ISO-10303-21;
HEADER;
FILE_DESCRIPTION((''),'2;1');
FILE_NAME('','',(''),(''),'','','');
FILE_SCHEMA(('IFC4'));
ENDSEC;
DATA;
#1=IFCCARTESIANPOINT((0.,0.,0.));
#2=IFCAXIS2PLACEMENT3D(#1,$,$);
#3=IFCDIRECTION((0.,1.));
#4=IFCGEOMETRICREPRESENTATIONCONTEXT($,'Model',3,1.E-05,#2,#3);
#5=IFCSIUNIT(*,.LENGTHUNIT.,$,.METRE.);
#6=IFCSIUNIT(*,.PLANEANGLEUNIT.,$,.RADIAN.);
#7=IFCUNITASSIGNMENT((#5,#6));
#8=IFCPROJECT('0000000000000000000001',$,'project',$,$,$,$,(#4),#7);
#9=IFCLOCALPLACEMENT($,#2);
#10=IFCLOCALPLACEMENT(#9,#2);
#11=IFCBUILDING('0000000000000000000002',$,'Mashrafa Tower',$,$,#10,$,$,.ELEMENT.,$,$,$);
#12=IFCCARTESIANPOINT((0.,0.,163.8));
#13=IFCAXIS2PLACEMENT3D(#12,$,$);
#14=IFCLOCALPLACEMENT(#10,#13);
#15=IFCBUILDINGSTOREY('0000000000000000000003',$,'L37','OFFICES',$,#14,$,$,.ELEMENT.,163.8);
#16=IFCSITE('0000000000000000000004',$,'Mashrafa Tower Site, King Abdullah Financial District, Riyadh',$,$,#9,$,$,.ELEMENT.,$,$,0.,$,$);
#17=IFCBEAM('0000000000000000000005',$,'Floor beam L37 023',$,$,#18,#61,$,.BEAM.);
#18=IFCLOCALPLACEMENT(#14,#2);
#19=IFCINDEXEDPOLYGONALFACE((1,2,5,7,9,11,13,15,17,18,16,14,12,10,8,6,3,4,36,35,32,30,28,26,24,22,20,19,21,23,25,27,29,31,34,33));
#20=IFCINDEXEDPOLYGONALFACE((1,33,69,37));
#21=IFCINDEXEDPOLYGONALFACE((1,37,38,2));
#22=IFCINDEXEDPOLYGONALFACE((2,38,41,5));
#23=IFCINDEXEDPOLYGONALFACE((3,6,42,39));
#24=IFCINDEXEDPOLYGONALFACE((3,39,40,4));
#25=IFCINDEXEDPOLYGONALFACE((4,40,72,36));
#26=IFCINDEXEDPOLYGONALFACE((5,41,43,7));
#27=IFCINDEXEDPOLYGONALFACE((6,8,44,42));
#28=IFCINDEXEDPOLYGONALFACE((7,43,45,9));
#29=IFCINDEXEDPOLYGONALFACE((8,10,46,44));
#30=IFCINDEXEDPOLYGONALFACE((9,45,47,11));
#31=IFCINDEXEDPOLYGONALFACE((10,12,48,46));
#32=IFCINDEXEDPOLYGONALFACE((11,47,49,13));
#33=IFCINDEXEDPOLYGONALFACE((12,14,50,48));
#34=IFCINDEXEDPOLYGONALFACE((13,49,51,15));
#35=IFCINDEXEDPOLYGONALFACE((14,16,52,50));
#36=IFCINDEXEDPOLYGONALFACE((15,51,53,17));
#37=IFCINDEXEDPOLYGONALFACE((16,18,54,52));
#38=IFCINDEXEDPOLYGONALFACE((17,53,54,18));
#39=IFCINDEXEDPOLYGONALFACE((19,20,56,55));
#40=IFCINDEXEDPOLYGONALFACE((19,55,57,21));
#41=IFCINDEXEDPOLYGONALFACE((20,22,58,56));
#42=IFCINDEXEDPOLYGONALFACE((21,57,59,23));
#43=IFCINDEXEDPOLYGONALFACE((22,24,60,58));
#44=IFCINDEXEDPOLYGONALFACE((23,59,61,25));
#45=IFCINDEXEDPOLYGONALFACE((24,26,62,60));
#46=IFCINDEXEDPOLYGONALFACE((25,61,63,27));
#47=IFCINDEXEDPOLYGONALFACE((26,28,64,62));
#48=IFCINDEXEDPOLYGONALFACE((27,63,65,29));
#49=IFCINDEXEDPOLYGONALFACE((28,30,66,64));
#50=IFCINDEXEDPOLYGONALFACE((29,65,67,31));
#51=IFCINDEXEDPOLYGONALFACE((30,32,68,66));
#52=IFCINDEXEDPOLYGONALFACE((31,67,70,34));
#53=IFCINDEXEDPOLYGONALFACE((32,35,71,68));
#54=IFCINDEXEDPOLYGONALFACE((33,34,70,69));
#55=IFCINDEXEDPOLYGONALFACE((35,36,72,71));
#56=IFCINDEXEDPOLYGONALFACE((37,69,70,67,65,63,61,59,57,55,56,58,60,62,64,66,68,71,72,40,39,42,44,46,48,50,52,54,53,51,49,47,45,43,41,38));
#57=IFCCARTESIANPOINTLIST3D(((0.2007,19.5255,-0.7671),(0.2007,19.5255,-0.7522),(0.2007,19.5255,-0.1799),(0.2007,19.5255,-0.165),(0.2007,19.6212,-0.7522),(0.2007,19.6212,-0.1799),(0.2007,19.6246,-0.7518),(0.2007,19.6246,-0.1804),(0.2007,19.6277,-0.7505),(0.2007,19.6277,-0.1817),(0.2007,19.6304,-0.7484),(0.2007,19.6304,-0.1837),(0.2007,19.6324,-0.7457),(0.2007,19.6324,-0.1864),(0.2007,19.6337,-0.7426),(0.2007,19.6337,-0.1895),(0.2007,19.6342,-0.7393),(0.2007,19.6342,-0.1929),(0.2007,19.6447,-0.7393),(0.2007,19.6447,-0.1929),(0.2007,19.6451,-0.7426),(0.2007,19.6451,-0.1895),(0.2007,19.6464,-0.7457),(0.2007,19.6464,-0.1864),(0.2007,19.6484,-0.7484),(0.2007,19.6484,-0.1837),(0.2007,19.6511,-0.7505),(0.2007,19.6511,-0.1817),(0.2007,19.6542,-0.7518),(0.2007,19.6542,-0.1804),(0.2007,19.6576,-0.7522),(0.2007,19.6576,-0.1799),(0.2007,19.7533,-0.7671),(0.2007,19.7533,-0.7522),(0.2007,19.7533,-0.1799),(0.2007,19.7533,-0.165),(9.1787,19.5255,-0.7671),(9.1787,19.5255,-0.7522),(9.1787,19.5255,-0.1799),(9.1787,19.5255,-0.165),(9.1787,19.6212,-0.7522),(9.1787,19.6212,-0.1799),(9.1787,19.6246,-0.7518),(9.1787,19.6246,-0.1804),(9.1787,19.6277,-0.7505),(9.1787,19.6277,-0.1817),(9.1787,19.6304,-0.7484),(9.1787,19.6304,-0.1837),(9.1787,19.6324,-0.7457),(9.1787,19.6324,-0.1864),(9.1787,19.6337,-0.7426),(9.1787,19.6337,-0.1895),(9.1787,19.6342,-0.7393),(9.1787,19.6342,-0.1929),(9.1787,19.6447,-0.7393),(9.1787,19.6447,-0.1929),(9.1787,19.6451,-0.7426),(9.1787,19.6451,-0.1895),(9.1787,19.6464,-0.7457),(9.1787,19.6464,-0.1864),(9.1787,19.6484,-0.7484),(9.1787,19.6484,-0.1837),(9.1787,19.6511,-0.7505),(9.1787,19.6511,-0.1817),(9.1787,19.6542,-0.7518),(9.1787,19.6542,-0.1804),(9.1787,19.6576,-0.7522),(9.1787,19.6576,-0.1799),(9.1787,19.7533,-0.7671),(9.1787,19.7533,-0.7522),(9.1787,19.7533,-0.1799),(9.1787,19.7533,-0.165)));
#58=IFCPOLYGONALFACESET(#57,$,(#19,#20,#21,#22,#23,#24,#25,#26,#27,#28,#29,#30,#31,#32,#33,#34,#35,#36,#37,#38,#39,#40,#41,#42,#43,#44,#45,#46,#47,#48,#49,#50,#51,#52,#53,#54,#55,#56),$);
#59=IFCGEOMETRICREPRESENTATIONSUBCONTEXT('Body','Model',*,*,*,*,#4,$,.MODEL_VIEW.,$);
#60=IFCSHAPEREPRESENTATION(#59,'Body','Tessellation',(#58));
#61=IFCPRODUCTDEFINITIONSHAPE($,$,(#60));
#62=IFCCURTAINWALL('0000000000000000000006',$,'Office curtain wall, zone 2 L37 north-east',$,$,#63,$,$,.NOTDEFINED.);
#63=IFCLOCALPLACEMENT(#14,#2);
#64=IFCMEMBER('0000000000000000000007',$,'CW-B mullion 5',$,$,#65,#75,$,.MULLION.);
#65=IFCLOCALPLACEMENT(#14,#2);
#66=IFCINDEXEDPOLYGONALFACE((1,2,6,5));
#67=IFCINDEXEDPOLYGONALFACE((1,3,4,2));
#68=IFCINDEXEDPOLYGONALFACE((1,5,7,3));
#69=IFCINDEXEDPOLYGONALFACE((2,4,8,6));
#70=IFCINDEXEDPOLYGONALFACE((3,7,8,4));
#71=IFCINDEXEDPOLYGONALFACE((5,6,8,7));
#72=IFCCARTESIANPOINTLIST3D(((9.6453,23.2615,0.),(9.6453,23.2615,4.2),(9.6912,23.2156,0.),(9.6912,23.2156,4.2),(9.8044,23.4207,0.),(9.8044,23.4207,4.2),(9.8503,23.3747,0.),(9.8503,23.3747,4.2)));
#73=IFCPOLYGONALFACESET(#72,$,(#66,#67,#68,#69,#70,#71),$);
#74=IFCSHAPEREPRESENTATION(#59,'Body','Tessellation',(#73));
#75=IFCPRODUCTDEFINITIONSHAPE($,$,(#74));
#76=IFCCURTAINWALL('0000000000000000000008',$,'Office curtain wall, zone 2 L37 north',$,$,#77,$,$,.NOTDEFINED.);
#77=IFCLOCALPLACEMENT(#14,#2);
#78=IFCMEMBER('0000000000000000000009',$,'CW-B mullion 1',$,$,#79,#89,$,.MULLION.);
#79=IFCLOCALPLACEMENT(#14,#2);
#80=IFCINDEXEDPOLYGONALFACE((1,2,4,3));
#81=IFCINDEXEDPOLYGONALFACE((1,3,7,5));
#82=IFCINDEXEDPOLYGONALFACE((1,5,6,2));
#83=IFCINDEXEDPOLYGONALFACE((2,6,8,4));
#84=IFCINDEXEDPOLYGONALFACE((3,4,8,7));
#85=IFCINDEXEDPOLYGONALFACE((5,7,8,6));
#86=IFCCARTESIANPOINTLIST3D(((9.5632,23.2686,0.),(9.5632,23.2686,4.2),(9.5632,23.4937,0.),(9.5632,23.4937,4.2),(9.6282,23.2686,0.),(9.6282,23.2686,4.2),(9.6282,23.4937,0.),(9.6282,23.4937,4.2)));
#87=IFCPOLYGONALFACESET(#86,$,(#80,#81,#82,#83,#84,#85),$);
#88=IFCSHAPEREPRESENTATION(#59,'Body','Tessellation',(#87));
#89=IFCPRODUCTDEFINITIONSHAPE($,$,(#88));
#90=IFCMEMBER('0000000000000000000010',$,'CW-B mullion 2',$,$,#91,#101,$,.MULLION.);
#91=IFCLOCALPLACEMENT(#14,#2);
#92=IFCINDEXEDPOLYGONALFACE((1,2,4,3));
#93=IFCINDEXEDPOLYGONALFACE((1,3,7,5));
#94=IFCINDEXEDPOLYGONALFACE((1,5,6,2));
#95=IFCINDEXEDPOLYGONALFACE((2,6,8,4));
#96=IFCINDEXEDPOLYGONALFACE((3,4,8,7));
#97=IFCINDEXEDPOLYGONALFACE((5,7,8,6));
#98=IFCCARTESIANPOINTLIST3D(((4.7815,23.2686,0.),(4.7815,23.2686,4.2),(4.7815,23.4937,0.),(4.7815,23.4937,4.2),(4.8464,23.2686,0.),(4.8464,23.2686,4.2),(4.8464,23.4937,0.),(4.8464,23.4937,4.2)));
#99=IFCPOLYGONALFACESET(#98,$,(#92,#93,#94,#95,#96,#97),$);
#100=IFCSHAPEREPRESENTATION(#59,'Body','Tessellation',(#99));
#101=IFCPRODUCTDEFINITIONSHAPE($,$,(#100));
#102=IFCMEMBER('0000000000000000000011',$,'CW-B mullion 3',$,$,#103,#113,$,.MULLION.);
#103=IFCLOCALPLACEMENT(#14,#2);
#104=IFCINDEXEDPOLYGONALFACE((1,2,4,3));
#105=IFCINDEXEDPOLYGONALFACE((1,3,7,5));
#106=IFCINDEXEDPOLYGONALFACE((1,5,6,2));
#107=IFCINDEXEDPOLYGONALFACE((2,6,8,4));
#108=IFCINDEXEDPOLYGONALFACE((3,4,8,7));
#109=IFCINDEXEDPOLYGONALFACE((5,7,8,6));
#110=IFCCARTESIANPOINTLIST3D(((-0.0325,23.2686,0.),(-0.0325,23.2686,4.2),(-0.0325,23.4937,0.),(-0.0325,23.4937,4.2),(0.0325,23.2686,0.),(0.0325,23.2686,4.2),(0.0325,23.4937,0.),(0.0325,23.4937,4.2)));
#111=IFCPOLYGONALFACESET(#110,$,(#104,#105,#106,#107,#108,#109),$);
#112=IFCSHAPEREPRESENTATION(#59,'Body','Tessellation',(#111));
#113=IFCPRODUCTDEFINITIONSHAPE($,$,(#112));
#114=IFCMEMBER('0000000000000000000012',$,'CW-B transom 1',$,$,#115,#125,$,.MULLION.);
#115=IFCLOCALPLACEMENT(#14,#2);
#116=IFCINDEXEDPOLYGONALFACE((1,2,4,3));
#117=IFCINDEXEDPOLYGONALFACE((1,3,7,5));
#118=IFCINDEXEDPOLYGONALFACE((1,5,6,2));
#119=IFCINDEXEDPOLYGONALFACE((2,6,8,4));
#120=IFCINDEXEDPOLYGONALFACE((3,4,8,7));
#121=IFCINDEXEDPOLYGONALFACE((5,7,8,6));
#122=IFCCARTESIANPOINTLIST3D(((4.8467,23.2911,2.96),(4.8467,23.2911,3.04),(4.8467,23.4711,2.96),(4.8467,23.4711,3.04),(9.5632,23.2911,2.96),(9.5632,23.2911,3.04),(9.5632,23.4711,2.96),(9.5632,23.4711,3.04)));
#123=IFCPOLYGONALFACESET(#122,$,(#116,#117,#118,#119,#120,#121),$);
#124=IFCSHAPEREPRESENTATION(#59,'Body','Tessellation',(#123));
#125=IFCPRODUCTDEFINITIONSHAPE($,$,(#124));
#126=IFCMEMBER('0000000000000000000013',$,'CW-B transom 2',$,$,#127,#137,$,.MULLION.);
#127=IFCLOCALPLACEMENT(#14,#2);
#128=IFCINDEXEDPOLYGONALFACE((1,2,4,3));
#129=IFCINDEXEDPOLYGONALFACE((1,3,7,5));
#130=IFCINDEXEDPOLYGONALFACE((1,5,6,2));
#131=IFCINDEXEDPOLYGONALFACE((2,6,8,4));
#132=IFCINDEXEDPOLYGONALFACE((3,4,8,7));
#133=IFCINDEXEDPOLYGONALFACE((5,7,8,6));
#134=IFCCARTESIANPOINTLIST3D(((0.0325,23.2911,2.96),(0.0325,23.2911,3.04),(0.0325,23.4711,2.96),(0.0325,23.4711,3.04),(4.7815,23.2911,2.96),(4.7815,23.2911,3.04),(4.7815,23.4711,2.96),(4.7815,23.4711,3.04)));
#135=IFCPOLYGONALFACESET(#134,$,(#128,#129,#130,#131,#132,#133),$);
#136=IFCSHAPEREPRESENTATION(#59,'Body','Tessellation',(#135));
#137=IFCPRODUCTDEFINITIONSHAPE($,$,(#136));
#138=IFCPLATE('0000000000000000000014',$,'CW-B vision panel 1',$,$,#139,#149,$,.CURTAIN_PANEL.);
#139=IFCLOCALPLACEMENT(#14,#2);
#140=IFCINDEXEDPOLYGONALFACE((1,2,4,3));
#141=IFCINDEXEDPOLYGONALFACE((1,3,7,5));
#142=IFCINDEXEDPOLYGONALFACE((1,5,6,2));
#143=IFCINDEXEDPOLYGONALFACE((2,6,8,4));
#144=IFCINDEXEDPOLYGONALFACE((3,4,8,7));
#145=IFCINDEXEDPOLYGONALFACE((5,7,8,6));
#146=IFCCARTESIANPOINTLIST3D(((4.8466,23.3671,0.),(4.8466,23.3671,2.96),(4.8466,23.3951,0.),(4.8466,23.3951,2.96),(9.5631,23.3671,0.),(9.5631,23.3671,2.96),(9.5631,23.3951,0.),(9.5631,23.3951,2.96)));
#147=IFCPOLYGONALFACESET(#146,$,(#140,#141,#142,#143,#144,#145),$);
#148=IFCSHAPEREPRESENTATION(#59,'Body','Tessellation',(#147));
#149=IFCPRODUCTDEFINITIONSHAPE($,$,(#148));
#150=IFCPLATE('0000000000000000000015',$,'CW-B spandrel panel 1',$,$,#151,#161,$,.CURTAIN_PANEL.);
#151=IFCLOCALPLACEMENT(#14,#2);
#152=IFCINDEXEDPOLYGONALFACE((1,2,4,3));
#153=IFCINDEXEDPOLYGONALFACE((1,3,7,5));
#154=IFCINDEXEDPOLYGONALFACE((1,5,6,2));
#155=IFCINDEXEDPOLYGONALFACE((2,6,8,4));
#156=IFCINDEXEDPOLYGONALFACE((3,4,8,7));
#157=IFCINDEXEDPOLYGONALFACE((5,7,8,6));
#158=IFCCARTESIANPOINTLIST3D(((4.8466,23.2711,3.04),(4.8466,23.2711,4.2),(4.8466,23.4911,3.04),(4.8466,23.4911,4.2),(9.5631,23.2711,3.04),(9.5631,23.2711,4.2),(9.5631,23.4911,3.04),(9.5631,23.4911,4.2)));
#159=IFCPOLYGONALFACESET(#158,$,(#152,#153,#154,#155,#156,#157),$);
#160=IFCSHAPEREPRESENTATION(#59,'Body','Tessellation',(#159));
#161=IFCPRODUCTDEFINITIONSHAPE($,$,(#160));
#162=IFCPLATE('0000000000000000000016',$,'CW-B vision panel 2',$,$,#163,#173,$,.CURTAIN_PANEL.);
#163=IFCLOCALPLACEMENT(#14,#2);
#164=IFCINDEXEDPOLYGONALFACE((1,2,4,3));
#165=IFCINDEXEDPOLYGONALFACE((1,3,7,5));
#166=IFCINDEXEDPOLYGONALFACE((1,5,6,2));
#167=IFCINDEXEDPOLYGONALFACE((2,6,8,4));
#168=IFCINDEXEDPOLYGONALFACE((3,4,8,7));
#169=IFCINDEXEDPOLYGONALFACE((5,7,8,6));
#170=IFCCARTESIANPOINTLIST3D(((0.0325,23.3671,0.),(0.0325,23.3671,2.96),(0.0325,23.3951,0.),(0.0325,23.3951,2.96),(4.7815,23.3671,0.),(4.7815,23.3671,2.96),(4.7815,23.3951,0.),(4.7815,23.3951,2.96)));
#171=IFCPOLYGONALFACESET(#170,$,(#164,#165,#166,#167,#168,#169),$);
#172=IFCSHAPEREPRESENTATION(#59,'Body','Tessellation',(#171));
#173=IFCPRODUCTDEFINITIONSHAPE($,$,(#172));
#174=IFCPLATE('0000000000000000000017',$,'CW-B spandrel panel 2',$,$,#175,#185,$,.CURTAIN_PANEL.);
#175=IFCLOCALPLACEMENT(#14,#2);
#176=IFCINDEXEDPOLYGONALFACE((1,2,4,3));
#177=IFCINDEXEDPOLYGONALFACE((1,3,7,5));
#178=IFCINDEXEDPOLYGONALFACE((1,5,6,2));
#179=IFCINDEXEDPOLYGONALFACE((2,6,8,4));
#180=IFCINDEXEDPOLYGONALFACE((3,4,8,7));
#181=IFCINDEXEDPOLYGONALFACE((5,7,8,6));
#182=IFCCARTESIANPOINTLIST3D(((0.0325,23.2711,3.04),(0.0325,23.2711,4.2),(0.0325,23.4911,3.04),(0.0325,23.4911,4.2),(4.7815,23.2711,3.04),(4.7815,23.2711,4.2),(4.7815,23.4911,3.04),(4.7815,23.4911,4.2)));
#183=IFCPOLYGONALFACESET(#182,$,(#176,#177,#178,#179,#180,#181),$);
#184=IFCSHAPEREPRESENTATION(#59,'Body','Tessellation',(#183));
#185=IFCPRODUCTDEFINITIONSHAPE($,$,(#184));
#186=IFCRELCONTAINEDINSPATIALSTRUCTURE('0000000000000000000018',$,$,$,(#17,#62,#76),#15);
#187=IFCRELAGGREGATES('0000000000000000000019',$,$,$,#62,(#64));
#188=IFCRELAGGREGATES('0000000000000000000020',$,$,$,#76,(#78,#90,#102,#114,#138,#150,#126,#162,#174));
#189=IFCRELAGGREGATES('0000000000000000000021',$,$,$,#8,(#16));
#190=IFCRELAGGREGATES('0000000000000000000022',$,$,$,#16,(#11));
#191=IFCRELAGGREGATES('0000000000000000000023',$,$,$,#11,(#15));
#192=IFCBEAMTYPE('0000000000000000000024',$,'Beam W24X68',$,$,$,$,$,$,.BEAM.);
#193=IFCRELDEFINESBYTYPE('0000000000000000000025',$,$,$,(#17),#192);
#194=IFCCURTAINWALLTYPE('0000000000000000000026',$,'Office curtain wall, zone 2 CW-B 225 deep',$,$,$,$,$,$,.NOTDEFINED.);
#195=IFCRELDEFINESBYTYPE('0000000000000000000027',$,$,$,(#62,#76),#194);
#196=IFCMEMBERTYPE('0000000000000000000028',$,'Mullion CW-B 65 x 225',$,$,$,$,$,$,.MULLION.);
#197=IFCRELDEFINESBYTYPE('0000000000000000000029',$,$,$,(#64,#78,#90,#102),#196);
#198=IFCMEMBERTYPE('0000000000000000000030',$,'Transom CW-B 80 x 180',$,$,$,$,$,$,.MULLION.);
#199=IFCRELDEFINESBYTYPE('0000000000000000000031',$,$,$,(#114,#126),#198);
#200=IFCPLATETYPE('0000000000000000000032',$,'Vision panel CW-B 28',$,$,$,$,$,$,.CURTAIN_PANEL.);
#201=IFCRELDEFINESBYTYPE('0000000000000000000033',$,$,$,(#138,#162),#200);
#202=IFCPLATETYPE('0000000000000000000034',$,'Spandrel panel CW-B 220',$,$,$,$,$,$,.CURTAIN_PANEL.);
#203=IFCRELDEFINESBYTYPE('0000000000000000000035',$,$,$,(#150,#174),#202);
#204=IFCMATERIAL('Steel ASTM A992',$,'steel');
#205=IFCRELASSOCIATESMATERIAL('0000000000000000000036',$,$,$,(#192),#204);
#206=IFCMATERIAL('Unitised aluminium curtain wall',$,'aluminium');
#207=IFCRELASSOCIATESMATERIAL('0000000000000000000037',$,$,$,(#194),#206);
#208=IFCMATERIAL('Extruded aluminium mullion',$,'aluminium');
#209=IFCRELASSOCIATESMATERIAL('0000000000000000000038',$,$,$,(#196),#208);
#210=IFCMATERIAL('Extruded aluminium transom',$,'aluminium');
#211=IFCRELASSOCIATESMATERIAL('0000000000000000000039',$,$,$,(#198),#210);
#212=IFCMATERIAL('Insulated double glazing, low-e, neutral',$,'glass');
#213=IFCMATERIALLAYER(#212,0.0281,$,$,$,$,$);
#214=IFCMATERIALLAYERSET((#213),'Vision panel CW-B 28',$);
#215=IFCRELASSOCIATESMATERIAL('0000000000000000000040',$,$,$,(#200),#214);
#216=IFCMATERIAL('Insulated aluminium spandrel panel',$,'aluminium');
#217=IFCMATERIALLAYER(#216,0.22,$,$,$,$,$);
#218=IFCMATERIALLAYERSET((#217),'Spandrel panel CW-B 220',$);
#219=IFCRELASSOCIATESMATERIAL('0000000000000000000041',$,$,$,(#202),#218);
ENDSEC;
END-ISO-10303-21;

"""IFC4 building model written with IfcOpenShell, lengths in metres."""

from ifc_helpers import new_model, si_unit, direction, frame, origin, origin_2d, place, context, subcontext, project, spatial, rectangle, i_section, extrude, source, transform, mapped, material, layer, layer_set, material_profile, profile_set, type_object, type_shapes, element, aggregate, save


model = new_model("IFC4")

# Units and contexts
model_context = context("Model", 3, precision=1e-05, world=origin(), true_north=direction((0.0, 1.0)))
body_context = subcontext(model_context, "Body", "Model", "MODEL_VIEW")
ifc_project = project(units=[si_unit("LENGTHUNIT", "METRE"), si_unit("PLANEANGLEUNIT", "RADIAN")], contexts=[model_context])

# Site, building, storey
site_placement = place(None, origin())
site = spatial("IfcSite", under=ifc_project, at=site_placement, Name="Mashrafa Tower Site, King Abdullah Financial District, Riyadh", CompositionType="ELEMENT", RefElevation=0.0)
building_placement = place(site_placement, origin())
building = spatial("IfcBuilding", under=site, at=building_placement, Name="Mashrafa Tower", CompositionType="ELEMENT")
storey_placement = place(building_placement, frame((0.0, 0.0, 163.8)))
storey = spatial("IfcBuildingStorey", under=building, at=storey_placement, Name="L37", Description="OFFICES", CompositionType="ELEMENT", Elevation=163.8)

# Beam
ifc_material_1 = material(Name="Steel ASTM A992", Category="steel")
ifc_material_profile_1 = material_profile(ifc_material_1, i_section(OverallWidth=0.2278, OverallDepth=0.6021, WebThickness=0.0105, FlangeThickness=0.0149, FilletRadius=0.0129, at=origin_2d()), Name="W24X68")
ifc_profile_set_1 = profile_set([ifc_material_profile_1], Name="Steel ASTM A992")
beam_type_1 = type_object("IfcBeamType", Name="Beam W24X68", PredefinedType="BEAM", material=ifc_profile_set_1)
beam_1_placement = place(storey_placement, frame((0.2007, 19.6394, -0.4661), z_axis=(1.0, 0.0, 0.0), x_axis=(0.0, 1.0, 0.0)))
element("IfcBeam", 1, at=beam_1_placement, inside=storey, type_object=beam_type_1, Name="Floor beam L37 023", PredefinedType="BEAM", context=body_context, shape_type="SweptSolid", body=[
    extrude(i_section(OverallWidth=0.2278, OverallDepth=0.6021, WebThickness=0.0105, FlangeThickness=0.0149, FilletRadius=0.0129, at=origin_2d()), origin(), (0.0, 0.0, 1.0), 8.978),
])

# Curtain wall, member
ifc_material_2 = material(Name="Unitised aluminium curtain wall", Category="aluminium")
curtain_wall_type = type_object("IfcCurtainWallType", Name="Office curtain wall, zone 2 CW-B 225 deep", PredefinedType="NOTDEFINED", material=ifc_material_2)
curtain_wall_1_placement = place(storey_placement, origin())
curtain_wall_1 = element("IfcCurtainWall", 2, at=curtain_wall_1_placement, inside=storey, type_object=curtain_wall_type, Name="Office curtain wall, zone 2 L37 north-east", PredefinedType="NOTDEFINED")
ifc_material_3 = material(Name="Extruded aluminium mullion", Category="aluminium")
ifc_material_profile_2 = material_profile(ifc_material_3, rectangle(XDim=0.2251, YDim=0.0649, at=origin_2d()), Name="Mullion 65x225")
ifc_profile_set_2 = profile_set([ifc_material_profile_2], Name="Extruded aluminium mullion")
member_type_1 = type_object("IfcMemberType", Name="Mullion CW-B 65 x 225", PredefinedType="MULLION", material=ifc_profile_set_2)
shared_shape_1 = source(origin(), body_context, "Body", "SweptSolid", [
    extrude(rectangle(XDim=0.2251, YDim=0.0649, at=origin_2d()), origin(), (0.0, 0.0, 1.0), 4.2),
])
type_shapes(member_type_1, [shared_shape_1])
member_1_placement = place(storey_placement, frame((9.7478, 23.3181, 0.0), z_axis=(0.0, 0.0, 1.0), x_axis=(-0.707107, -0.707107, 0.0)))
member_1 = element("IfcMember", 3, at=member_1_placement, type_object=member_type_1, Name="CW-B mullion 5", PredefinedType="MULLION", context=body_context, shape_type="MappedRepresentation", body=[
    mapped(shared_shape_1, transform((0.0, 0.0, 0.0))),
])
aggregate(curtain_wall_1, [member_1])

# Curtain wall, members, plates
curtain_wall_2_placement = place(storey_placement, origin())
curtain_wall_2 = element("IfcCurtainWall", 4, at=curtain_wall_2_placement, inside=storey, type_object=curtain_wall_type, Name="Office curtain wall, zone 2 L37 north", PredefinedType="NOTDEFINED")
member_2_placement = place(storey_placement, frame((9.5957, 23.3811, 0.0), z_axis=(0.0, 0.0, 1.0), x_axis=(0.0, -1.0, 0.0)))
member_2 = element("IfcMember", 5, at=member_2_placement, type_object=member_type_1, Name="CW-B mullion 1", PredefinedType="MULLION", context=body_context, shape_type="MappedRepresentation", body=[
    mapped(shared_shape_1, transform((0.0, 0.0, 0.0))),
])
member_3_placement = place(storey_placement, frame((4.814, 23.3811, 0.0), z_axis=(0.0, 0.0, 1.0), x_axis=(0.0, -1.0, 0.0)))
member_3 = element("IfcMember", 6, at=member_3_placement, type_object=member_type_1, Name="CW-B mullion 2", PredefinedType="MULLION", context=body_context, shape_type="MappedRepresentation", body=[
    mapped(shared_shape_1, transform((0.0, 0.0, 0.0))),
])
member_4_placement = place(storey_placement, frame((0.0, 23.3811, 0.0), z_axis=(0.0, 0.0, 1.0), x_axis=(0.0, -1.0, 0.0)))
member_4 = element("IfcMember", 7, at=member_4_placement, type_object=member_type_1, Name="CW-B mullion 3", PredefinedType="MULLION", context=body_context, shape_type="MappedRepresentation", body=[
    mapped(shared_shape_1, transform((0.0, 0.0, 0.0))),
])
ifc_material_4 = material(Name="Extruded aluminium transom", Category="aluminium")
ifc_material_profile_3 = material_profile(ifc_material_4, rectangle(XDim=0.1799, YDim=0.0801, at=origin_2d()), Name="Transom 80x180")
ifc_profile_set_3 = profile_set([ifc_material_profile_3], Name="Extruded aluminium transom")
member_type_2 = type_object("IfcMemberType", Name="Transom CW-B 80 x 180", PredefinedType="MULLION", material=ifc_profile_set_3)
shared_shape_2 = source(origin(), body_context, "Body", "SweptSolid", [
    extrude(rectangle(XDim=0.1799, YDim=0.0801, at=origin_2d()), origin(), (0.0, 0.0, 1.0), 4.7166),
])
member_5_placement = place(storey_placement, frame((9.5632, 23.3811, 3.0), z_axis=(-1.0, 0.0, 0.0), x_axis=(0.0, -1.0, 0.0)))
member_5 = element("IfcMember", 8, at=member_5_placement, type_object=member_type_2, Name="CW-B transom 1", PredefinedType="MULLION", context=body_context, shape_type="MappedRepresentation", body=[
    mapped(shared_shape_2, transform((0.0, 0.0, 0.0))),
])
shared_shape_3 = source(origin(), body_context, "Body", "SweptSolid", [
    extrude(rectangle(XDim=0.1799, YDim=0.0801, at=origin_2d()), origin(), (0.0, 0.0, 1.0), 4.749),
])
type_shapes(member_type_2, [shared_shape_2, shared_shape_3])
member_6_placement = place(storey_placement, frame((4.7815, 23.3811, 3.0), z_axis=(-1.0, 0.0, 0.0), x_axis=(0.0, -1.0, 0.0)))
member_6 = element("IfcMember", 9, at=member_6_placement, type_object=member_type_2, Name="CW-B transom 2", PredefinedType="MULLION", context=body_context, shape_type="MappedRepresentation", body=[
    mapped(shared_shape_3, transform((0.0, 0.0, 0.0))),
])
ifc_material_5 = material(Name="Insulated double glazing, low-e, neutral", Category="glass")
ifc_layer_1 = layer(ifc_material_5, 0.0281)
ifc_layer_set_1 = layer_set([ifc_layer_1], Name="Vision panel CW-B 28")
plate_type_1 = type_object("IfcPlateType", Name="Vision panel CW-B 28", PredefinedType="CURTAIN_PANEL", material=ifc_layer_set_1)
shared_shape_4 = source(origin(), body_context, "Body", "SweptSolid", [
    extrude(rectangle(XDim=4.7166, YDim=0.0281, at=origin_2d()), origin(), (0.0, 0.0, 1.0), 2.96),
])
plate_1_placement = place(storey_placement, frame((7.2048, 23.3811, 0.0), z_axis=(0.0, 0.0, 1.0), x_axis=(-1.0, 0.0, 0.0)))
plate_1 = element("IfcPlate", 10, at=plate_1_placement, type_object=plate_type_1, Name="CW-B vision panel 1", PredefinedType="CURTAIN_PANEL", context=body_context, shape_type="MappedRepresentation", body=[
    mapped(shared_shape_4, transform((0.0, 0.0, 0.0))),
])
ifc_material_6 = material(Name="Insulated aluminium spandrel panel", Category="aluminium")
ifc_layer_2 = layer(ifc_material_6, 0.22)
ifc_layer_set_2 = layer_set([ifc_layer_2], Name="Spandrel panel CW-B 220")
plate_type_2 = type_object("IfcPlateType", Name="Spandrel panel CW-B 220", PredefinedType="CURTAIN_PANEL", material=ifc_layer_set_2)
shared_shape_5 = source(origin(), body_context, "Body", "SweptSolid", [
    extrude(rectangle(XDim=4.7166, YDim=0.22, at=origin_2d()), origin(), (0.0, 0.0, 1.0), 1.1599),
])
plate_2_placement = place(storey_placement, frame((7.2048, 23.3811, 3.04), z_axis=(0.0, 0.0, 1.0), x_axis=(-1.0, 0.0, 0.0)))
plate_2 = element("IfcPlate", 11, at=plate_2_placement, type_object=plate_type_2, Name="CW-B spandrel panel 1", PredefinedType="CURTAIN_PANEL", context=body_context, shape_type="MappedRepresentation", body=[
    mapped(shared_shape_5, transform((0.0, 0.0, 0.0))),
])
shared_shape_6 = source(origin(), body_context, "Body", "SweptSolid", [
    extrude(rectangle(XDim=4.749, YDim=0.0281, at=origin_2d()), origin(), (0.0, 0.0, 1.0), 2.96),
])
type_shapes(plate_type_1, [shared_shape_4, shared_shape_6])
plate_3_placement = place(storey_placement, frame((2.407, 23.3811, 0.0), z_axis=(0.0, 0.0, 1.0), x_axis=(-1.0, 0.0, 0.0)))
plate_3 = element("IfcPlate", 12, at=plate_3_placement, type_object=plate_type_1, Name="CW-B vision panel 2", PredefinedType="CURTAIN_PANEL", context=body_context, shape_type="MappedRepresentation", body=[
    mapped(shared_shape_6, transform((0.0, 0.0, 0.0))),
])
shared_shape_7 = source(origin(), body_context, "Body", "SweptSolid", [
    extrude(rectangle(XDim=4.749, YDim=0.22, at=origin_2d()), origin(), (0.0, 0.0, 1.0), 1.1599),
])
type_shapes(plate_type_2, [shared_shape_5, shared_shape_7])
plate_4_placement = place(storey_placement, frame((2.407, 23.3811, 3.04), z_axis=(0.0, 0.0, 1.0), x_axis=(-1.0, 0.0, 0.0)))
plate_4 = element("IfcPlate", 13, at=plate_4_placement, type_object=plate_type_2, Name="CW-B spandrel panel 2", PredefinedType="CURTAIN_PANEL", context=body_context, shape_type="MappedRepresentation", body=[
    mapped(shared_shape_7, transform((0.0, 0.0, 0.0))),
])
aggregate(curtain_wall_2, [member_2, member_3, member_4, member_5, plate_1, plate_2, member_6, plate_3, plate_4])

save(model, "model.ifc")
